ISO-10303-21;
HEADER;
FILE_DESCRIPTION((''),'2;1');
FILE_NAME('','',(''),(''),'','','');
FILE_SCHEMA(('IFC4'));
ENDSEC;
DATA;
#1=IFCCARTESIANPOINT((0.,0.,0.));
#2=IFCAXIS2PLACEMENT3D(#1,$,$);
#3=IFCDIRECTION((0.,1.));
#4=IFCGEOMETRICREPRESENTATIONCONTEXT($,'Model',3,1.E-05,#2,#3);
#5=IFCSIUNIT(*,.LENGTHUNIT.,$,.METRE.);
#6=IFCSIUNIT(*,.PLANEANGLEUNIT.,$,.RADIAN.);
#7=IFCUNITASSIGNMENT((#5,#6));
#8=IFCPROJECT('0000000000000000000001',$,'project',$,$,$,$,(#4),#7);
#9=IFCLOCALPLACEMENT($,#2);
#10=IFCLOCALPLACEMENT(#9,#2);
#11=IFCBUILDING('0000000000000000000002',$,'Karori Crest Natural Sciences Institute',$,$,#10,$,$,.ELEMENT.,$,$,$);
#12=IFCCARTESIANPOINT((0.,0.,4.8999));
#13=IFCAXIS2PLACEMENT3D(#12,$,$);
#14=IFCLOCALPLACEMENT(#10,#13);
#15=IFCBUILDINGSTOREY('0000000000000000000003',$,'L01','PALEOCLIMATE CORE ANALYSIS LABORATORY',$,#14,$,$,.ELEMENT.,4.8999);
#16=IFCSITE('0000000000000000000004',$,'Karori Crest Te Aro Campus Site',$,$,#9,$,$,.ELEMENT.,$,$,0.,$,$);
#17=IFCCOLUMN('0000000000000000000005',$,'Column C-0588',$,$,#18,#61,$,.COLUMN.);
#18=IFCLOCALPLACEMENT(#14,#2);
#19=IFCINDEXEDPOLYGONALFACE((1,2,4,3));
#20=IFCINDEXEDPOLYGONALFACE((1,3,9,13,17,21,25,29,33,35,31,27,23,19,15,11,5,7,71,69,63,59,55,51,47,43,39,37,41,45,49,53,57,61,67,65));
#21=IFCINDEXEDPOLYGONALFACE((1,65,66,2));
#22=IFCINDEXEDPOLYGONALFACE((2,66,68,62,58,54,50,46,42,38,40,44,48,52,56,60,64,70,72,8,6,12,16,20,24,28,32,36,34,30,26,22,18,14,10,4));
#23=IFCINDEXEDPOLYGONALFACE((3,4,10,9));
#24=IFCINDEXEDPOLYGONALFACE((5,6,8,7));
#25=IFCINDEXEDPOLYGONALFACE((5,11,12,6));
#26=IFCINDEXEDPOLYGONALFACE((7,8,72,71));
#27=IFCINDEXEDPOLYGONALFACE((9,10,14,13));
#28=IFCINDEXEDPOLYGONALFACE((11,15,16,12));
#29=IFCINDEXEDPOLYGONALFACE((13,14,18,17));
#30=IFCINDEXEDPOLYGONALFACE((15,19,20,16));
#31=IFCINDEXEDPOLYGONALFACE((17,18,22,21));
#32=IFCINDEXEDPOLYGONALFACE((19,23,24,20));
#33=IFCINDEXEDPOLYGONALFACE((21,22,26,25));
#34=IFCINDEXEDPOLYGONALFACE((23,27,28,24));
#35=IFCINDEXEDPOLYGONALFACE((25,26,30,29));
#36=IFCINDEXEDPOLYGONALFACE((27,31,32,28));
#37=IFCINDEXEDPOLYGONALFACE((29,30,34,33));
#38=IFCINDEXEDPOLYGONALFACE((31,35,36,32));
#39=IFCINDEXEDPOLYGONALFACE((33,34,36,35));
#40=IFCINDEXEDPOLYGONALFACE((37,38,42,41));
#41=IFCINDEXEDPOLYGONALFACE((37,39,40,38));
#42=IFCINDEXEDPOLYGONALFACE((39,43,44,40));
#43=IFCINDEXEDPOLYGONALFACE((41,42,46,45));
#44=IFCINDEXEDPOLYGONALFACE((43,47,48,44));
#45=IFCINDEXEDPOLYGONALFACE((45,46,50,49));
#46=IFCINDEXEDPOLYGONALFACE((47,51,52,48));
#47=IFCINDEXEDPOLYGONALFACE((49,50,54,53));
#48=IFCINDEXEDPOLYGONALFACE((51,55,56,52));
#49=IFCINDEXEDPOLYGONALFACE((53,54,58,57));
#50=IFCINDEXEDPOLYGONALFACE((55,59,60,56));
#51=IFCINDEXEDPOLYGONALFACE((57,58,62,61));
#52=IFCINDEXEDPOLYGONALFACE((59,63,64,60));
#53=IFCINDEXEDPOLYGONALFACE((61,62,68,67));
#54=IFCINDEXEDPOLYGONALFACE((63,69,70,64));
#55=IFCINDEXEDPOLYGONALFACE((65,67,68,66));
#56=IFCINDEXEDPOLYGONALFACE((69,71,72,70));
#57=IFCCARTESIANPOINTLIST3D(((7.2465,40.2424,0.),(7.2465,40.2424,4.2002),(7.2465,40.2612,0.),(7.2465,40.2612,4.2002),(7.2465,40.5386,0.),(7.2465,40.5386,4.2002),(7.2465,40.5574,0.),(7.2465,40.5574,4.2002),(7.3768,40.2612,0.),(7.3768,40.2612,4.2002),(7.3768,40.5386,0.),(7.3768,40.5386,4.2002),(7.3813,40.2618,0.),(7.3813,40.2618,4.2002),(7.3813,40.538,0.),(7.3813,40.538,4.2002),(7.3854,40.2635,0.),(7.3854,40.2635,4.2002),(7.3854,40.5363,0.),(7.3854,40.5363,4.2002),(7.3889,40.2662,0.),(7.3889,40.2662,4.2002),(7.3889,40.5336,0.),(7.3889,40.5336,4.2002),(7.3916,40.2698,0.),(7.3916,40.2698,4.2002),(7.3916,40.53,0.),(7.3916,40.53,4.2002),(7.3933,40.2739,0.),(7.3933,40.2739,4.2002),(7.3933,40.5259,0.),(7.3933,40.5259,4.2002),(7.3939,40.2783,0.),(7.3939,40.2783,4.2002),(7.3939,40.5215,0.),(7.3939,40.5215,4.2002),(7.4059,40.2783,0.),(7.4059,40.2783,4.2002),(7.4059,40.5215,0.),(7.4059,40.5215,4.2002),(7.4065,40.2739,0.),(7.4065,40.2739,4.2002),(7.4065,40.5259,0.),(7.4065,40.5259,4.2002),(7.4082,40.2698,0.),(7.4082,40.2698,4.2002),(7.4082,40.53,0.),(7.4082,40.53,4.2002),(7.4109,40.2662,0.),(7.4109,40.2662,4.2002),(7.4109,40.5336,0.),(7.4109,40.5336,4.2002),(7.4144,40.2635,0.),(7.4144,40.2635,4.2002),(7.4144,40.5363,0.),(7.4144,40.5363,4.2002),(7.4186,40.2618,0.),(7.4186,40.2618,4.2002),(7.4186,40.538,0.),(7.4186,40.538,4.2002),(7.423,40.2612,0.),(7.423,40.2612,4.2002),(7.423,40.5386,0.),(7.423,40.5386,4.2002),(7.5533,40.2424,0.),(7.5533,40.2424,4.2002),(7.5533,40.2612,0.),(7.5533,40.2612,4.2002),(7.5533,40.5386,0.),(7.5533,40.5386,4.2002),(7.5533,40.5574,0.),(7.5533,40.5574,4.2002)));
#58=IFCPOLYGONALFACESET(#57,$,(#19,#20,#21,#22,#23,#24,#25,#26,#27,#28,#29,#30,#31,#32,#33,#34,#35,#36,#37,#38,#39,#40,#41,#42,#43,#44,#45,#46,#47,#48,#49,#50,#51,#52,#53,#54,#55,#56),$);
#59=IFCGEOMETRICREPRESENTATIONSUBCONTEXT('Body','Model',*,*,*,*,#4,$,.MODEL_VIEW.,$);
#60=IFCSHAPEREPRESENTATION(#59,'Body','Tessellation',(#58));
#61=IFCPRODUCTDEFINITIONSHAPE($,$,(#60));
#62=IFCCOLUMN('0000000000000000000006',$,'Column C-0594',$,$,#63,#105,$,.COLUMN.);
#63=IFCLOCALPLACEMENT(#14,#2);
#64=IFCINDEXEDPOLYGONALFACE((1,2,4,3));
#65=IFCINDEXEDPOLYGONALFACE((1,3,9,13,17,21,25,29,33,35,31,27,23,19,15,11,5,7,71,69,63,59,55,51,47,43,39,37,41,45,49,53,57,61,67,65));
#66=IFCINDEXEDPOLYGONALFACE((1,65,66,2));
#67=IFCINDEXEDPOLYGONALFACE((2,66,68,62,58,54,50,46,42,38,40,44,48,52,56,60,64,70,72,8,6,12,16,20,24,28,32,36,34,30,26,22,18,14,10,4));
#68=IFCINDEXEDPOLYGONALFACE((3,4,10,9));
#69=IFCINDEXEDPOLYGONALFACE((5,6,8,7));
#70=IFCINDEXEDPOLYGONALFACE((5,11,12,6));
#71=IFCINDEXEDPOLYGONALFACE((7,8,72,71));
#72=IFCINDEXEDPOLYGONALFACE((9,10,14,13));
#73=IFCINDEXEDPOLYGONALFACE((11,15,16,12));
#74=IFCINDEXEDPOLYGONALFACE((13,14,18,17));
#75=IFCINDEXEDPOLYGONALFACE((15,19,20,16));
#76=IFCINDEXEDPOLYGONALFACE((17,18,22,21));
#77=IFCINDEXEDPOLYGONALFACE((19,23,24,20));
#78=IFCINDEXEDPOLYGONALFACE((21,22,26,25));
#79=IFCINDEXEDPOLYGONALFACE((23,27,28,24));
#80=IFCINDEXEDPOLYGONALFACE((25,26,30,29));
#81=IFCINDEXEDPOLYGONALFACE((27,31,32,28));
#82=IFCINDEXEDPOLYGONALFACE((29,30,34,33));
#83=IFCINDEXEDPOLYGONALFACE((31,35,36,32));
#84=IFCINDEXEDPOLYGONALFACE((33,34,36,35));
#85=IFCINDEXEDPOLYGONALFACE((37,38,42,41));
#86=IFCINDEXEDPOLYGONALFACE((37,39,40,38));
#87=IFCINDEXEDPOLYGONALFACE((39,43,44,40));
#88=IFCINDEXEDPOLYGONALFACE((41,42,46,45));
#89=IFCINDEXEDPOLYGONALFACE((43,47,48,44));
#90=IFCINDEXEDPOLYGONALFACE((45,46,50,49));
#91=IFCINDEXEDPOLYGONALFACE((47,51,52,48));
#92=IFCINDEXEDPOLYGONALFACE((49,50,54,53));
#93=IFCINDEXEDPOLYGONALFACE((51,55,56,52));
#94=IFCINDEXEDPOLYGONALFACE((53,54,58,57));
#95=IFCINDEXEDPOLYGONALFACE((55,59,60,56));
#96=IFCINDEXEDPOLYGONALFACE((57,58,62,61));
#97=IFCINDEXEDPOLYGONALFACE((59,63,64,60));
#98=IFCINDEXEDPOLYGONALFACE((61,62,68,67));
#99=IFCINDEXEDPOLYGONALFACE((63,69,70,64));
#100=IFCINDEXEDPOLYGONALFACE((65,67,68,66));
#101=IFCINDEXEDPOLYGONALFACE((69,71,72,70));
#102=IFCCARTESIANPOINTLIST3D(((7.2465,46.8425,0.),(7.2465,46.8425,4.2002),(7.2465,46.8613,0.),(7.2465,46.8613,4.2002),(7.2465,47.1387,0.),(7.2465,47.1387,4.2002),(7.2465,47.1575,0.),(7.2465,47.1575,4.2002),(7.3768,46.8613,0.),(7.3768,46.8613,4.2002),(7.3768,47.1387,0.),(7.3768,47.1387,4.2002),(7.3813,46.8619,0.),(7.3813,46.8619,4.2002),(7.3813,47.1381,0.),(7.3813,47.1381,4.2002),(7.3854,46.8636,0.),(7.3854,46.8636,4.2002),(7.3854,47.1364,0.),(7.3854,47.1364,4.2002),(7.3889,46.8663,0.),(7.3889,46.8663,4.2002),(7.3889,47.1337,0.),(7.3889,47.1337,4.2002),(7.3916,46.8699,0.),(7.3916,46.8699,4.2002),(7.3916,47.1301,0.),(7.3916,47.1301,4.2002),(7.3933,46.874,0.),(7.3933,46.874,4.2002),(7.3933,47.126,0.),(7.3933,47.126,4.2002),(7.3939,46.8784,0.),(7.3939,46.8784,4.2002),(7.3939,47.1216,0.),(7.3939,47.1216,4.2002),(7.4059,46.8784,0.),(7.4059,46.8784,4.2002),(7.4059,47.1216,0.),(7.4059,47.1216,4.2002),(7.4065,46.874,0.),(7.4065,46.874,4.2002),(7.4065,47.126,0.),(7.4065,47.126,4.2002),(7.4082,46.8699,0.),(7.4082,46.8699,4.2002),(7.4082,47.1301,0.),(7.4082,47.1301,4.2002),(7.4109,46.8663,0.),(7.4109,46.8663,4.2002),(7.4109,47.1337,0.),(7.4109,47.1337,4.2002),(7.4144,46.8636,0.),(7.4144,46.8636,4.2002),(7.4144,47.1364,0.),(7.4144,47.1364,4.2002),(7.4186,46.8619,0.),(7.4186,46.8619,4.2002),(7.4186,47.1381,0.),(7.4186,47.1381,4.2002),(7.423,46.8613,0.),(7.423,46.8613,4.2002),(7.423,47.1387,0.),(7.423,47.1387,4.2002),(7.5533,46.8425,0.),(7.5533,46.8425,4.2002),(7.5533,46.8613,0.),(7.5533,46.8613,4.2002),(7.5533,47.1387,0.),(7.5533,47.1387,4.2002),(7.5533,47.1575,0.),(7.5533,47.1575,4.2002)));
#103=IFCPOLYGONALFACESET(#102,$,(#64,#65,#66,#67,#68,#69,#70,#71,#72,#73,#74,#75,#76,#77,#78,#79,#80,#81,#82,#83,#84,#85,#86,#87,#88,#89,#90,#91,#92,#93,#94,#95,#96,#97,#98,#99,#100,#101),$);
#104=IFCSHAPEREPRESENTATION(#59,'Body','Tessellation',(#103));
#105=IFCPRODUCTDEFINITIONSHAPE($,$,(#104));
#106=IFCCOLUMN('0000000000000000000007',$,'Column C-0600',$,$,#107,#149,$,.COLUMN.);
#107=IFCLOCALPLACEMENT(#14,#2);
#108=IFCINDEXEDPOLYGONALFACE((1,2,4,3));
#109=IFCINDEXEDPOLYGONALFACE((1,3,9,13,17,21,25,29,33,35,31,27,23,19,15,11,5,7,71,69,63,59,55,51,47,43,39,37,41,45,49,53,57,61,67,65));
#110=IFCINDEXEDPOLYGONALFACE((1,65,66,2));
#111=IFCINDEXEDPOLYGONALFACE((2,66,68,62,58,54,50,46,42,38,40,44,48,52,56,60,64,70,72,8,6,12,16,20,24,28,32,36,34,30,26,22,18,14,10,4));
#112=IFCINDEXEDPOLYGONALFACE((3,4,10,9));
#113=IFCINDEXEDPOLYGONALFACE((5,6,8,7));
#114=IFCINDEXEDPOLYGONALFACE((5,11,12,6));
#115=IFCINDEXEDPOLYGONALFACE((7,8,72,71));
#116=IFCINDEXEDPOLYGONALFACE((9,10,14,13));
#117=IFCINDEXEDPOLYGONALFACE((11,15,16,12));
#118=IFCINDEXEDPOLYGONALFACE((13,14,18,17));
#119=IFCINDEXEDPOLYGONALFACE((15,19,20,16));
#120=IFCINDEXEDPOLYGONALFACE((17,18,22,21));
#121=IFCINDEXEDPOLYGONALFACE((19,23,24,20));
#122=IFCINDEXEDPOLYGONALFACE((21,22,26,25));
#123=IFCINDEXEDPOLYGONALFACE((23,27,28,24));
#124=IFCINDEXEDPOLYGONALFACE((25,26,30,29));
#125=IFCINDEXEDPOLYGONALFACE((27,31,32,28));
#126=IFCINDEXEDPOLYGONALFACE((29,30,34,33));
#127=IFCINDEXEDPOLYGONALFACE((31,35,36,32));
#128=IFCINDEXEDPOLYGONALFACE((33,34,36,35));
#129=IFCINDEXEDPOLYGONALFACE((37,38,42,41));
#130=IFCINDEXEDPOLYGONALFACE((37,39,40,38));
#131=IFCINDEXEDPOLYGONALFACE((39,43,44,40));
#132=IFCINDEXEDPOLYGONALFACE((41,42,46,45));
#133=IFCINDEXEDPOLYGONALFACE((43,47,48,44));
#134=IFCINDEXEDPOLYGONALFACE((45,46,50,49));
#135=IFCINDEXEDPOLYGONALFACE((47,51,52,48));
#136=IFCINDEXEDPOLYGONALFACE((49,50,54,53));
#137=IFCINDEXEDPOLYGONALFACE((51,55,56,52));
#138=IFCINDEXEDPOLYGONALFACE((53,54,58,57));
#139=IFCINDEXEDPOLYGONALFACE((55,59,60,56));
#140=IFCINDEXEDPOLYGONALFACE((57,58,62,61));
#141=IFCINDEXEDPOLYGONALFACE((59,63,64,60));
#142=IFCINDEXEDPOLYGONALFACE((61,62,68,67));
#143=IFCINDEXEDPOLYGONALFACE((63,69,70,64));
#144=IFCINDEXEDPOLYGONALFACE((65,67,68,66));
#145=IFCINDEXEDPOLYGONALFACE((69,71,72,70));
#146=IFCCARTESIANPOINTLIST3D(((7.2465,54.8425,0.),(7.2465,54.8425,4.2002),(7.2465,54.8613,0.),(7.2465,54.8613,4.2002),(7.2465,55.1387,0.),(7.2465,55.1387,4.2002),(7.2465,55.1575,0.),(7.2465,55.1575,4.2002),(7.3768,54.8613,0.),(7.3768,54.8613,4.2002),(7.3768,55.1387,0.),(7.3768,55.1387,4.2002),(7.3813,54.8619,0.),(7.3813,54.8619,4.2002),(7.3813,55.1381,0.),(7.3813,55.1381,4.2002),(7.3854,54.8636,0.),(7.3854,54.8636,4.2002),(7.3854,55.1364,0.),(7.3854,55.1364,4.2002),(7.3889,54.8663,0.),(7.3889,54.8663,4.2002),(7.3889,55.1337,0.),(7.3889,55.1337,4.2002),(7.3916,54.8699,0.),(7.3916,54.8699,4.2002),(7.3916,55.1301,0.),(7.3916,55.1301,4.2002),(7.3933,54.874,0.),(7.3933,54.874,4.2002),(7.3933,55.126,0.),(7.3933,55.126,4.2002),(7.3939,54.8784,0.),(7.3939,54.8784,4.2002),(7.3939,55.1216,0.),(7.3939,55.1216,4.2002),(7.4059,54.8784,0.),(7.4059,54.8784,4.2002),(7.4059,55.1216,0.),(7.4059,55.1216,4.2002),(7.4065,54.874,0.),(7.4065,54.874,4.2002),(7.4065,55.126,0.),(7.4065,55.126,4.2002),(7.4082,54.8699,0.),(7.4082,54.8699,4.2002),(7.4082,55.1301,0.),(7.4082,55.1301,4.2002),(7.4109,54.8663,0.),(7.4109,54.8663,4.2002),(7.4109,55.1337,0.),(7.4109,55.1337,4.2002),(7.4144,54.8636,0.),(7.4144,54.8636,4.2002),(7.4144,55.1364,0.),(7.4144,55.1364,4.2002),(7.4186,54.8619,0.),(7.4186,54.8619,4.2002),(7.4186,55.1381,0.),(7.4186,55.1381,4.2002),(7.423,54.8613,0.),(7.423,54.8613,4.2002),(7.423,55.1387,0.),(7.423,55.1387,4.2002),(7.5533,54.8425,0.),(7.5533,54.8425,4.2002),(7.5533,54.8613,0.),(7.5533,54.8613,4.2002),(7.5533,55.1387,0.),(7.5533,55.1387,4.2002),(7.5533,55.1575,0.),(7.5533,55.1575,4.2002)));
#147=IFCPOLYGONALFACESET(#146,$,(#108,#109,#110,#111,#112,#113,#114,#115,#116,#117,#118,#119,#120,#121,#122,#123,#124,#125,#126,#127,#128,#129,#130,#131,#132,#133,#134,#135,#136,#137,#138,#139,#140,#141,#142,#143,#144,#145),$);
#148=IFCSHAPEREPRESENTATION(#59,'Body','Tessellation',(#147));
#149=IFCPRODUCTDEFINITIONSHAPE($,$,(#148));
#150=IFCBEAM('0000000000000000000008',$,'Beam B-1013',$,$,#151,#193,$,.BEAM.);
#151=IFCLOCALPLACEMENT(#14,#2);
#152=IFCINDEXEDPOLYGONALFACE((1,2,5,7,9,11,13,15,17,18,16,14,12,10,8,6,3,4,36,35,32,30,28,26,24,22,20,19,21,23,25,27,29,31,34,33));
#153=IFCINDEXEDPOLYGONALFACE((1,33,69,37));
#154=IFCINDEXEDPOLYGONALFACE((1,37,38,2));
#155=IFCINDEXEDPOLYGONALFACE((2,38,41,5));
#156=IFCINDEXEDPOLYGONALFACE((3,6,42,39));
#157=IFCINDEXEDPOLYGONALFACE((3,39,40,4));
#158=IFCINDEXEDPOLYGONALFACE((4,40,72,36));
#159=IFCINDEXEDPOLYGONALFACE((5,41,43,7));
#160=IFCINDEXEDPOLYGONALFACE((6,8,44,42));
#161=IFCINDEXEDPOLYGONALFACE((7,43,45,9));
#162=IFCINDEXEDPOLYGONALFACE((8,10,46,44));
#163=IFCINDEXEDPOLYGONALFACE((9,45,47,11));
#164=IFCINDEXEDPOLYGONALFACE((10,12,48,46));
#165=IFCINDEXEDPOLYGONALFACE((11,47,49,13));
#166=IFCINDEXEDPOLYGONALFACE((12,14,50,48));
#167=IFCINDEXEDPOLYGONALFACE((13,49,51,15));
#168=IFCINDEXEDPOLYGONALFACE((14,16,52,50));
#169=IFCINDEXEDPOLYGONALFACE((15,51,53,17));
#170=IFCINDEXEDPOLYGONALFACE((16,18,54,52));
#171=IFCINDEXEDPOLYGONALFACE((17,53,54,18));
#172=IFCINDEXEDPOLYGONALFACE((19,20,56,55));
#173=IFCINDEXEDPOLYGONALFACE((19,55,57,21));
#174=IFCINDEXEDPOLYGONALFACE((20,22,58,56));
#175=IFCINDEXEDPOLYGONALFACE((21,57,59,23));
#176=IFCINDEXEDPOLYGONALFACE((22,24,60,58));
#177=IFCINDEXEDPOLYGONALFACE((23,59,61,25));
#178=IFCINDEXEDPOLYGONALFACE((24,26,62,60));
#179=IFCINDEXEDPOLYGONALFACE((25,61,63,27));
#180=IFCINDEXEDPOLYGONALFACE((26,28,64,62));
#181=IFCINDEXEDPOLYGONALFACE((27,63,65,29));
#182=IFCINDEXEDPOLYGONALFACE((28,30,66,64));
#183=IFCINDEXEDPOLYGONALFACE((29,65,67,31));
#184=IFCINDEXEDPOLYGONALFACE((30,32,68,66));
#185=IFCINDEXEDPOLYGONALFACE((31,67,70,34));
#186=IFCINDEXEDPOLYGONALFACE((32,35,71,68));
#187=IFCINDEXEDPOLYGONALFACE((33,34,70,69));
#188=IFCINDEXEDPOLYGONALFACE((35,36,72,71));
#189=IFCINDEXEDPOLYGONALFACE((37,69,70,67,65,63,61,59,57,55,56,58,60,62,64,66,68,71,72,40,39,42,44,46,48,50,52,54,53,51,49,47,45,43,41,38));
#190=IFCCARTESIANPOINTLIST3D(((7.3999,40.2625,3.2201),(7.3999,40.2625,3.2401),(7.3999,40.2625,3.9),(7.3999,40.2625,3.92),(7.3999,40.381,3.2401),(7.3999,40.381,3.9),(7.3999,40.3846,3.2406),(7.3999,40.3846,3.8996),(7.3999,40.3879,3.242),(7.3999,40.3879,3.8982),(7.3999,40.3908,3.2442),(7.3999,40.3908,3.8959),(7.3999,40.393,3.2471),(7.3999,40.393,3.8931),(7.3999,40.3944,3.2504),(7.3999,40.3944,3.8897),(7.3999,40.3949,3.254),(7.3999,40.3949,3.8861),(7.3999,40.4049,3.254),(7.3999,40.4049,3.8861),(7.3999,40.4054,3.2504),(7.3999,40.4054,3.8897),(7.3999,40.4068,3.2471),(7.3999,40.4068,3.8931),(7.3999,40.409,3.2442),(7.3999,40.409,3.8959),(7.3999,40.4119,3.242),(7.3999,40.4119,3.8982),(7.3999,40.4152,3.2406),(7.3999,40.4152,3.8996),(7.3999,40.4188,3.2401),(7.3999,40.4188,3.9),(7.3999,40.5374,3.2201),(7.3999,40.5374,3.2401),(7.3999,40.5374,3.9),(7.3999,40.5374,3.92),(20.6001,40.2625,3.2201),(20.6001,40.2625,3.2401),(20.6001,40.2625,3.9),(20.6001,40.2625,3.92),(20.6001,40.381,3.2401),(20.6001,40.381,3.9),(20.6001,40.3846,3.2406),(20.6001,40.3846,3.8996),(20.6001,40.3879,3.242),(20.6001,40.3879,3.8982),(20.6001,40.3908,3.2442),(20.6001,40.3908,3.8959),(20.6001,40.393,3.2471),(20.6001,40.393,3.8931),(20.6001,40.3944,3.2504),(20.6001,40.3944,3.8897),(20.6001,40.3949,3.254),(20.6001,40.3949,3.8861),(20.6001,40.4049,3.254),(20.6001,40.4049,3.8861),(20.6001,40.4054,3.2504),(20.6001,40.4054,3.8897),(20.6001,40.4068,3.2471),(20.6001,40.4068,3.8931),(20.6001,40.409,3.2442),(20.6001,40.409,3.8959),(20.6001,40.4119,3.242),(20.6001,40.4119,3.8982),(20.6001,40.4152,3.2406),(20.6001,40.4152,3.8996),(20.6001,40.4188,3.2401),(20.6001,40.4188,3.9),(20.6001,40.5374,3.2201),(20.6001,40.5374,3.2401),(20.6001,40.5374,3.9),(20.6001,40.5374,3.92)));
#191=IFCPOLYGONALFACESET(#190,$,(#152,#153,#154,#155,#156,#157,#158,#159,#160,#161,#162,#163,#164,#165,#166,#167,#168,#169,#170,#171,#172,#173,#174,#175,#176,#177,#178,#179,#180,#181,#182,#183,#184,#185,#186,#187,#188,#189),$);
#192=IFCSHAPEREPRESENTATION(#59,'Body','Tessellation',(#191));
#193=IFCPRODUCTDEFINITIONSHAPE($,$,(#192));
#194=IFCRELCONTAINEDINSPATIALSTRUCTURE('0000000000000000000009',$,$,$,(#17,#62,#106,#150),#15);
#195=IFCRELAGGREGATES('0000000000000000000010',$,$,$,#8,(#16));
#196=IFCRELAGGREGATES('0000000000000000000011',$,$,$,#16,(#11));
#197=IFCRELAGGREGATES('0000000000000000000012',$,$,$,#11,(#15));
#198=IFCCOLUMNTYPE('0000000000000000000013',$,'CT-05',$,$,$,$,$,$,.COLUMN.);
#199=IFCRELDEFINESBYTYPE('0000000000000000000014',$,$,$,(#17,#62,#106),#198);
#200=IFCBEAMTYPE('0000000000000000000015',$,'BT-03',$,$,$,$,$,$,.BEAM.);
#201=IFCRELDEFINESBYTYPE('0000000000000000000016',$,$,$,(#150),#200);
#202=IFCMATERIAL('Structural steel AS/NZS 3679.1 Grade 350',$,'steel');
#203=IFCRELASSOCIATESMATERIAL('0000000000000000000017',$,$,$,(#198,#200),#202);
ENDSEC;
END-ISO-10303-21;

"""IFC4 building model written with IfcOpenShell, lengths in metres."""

from ifc_helpers import new_model, si_unit, direction, frame, origin, origin_2d, place, context, subcontext, project, spatial, i_section, extrude, material, material_profile, profile_set, type_object, element, save


model = new_model("IFC4")

# Units and contexts
model_context = context("Model", 3, precision=1e-05, world=origin(), true_north=direction((0.0, 1.0)))
body_context = subcontext(model_context, "Body", "Model", "MODEL_VIEW")
ifc_project = project(units=[si_unit("LENGTHUNIT", "METRE"), si_unit("PLANEANGLEUNIT", "RADIAN")], contexts=[model_context])

# Site, building, storey
site_placement = place(None, origin())
site = spatial("IfcSite", under=ifc_project, at=site_placement, Name="Karori Crest Te Aro Campus Site", CompositionType="ELEMENT", RefElevation=0.0)
building_placement = place(site_placement, origin())
building = spatial("IfcBuilding", under=site, at=building_placement, Name="Karori Crest Natural Sciences Institute", CompositionType="ELEMENT")
storey_placement = place(building_placement, frame((0.0, 0.0, 4.8999)))
storey = spatial("IfcBuildingStorey", under=building, at=storey_placement, Name="L01", Description="PALEOCLIMATE CORE ANALYSIS LABORATORY", CompositionType="ELEMENT", Elevation=4.8999)

# Columns
ifc_material_1 = material(Name="Structural steel AS/NZS 3679.1 Grade 350", Category="steel")
ifc_material_profile_1 = material_profile(ifc_material_1, i_section(OverallWidth=0.3069, OverallDepth=0.3149, WebThickness=0.012, FlangeThickness=0.0188, FilletRadius=0.0171, at=origin_2d()), Name="310UC118")
ifc_profile_set_1 = profile_set([ifc_material_profile_1], Name="Structural steel AS/NZS 3679.1 Grade 350")
column_type = type_object("IfcColumnType", Name="CT-05", PredefinedType="COLUMN", material=ifc_profile_set_1)
for number, where, z_axis, x_axis, name in (
    (1, (7.3999, 40.3999, 0.0), (0.0, 0.0, 1.0), (1.0, 0.0, 0.0), "Column C-0588"),
    (2, (7.3999, 47.0, 0.0), (0.0, 0.0, 1.0), (1.0, 0.0, 0.0), "Column C-0594"),
    (3, (7.3999, 55.0, 0.0), (0.0, 0.0, 1.0), (1.0, 0.0, 0.0), "Column C-0600"),
):
    element("IfcColumn", number, at=place(storey_placement, frame(where, z_axis=z_axis, x_axis=x_axis)), inside=storey, type_object=column_type, Name=name, PredefinedType="COLUMN", context=body_context, shape_type="SweptSolid", body=[
        extrude(i_section(OverallWidth=0.3069, OverallDepth=0.3149, WebThickness=0.012, FlangeThickness=0.0188, FilletRadius=0.0171, at=origin_2d()), origin(), (0.0, 0.0, 1.0), 4.2002),
    ])

# Beam
ifc_material_profile_2 = material_profile(ifc_material_1, i_section(OverallWidth=0.2749, OverallDepth=0.7, WebThickness=0.01, FlangeThickness=0.02, FilletRadius=0.0139, at=origin_2d()), Name="700WB150")
ifc_profile_set_2 = profile_set([ifc_material_profile_2], Name="Structural steel AS/NZS 3679.1 Grade 350")
beam_type_1 = type_object("IfcBeamType", Name="BT-03", PredefinedType="BEAM", material=ifc_profile_set_2)
for number, where, z_axis, x_axis, name in (
    (4, (7.3999, 40.3999, 3.5701), (1.0, 0.0, 0.0), (0.0, 1.0, 0.0), "Beam B-1013"),
):
    element("IfcBeam", number, at=place(storey_placement, frame(where, z_axis=z_axis, x_axis=x_axis)), inside=storey, type_object=beam_type_1, Name=name, PredefinedType="BEAM", context=body_context, shape_type="SweptSolid", body=[
        extrude(i_section(OverallWidth=0.2749, OverallDepth=0.7, WebThickness=0.01, FlangeThickness=0.02, FilletRadius=0.0139, at=origin_2d()), origin(), (0.0, 0.0, 1.0), 13.2002),
    ])

save(model, "model.ifc")
